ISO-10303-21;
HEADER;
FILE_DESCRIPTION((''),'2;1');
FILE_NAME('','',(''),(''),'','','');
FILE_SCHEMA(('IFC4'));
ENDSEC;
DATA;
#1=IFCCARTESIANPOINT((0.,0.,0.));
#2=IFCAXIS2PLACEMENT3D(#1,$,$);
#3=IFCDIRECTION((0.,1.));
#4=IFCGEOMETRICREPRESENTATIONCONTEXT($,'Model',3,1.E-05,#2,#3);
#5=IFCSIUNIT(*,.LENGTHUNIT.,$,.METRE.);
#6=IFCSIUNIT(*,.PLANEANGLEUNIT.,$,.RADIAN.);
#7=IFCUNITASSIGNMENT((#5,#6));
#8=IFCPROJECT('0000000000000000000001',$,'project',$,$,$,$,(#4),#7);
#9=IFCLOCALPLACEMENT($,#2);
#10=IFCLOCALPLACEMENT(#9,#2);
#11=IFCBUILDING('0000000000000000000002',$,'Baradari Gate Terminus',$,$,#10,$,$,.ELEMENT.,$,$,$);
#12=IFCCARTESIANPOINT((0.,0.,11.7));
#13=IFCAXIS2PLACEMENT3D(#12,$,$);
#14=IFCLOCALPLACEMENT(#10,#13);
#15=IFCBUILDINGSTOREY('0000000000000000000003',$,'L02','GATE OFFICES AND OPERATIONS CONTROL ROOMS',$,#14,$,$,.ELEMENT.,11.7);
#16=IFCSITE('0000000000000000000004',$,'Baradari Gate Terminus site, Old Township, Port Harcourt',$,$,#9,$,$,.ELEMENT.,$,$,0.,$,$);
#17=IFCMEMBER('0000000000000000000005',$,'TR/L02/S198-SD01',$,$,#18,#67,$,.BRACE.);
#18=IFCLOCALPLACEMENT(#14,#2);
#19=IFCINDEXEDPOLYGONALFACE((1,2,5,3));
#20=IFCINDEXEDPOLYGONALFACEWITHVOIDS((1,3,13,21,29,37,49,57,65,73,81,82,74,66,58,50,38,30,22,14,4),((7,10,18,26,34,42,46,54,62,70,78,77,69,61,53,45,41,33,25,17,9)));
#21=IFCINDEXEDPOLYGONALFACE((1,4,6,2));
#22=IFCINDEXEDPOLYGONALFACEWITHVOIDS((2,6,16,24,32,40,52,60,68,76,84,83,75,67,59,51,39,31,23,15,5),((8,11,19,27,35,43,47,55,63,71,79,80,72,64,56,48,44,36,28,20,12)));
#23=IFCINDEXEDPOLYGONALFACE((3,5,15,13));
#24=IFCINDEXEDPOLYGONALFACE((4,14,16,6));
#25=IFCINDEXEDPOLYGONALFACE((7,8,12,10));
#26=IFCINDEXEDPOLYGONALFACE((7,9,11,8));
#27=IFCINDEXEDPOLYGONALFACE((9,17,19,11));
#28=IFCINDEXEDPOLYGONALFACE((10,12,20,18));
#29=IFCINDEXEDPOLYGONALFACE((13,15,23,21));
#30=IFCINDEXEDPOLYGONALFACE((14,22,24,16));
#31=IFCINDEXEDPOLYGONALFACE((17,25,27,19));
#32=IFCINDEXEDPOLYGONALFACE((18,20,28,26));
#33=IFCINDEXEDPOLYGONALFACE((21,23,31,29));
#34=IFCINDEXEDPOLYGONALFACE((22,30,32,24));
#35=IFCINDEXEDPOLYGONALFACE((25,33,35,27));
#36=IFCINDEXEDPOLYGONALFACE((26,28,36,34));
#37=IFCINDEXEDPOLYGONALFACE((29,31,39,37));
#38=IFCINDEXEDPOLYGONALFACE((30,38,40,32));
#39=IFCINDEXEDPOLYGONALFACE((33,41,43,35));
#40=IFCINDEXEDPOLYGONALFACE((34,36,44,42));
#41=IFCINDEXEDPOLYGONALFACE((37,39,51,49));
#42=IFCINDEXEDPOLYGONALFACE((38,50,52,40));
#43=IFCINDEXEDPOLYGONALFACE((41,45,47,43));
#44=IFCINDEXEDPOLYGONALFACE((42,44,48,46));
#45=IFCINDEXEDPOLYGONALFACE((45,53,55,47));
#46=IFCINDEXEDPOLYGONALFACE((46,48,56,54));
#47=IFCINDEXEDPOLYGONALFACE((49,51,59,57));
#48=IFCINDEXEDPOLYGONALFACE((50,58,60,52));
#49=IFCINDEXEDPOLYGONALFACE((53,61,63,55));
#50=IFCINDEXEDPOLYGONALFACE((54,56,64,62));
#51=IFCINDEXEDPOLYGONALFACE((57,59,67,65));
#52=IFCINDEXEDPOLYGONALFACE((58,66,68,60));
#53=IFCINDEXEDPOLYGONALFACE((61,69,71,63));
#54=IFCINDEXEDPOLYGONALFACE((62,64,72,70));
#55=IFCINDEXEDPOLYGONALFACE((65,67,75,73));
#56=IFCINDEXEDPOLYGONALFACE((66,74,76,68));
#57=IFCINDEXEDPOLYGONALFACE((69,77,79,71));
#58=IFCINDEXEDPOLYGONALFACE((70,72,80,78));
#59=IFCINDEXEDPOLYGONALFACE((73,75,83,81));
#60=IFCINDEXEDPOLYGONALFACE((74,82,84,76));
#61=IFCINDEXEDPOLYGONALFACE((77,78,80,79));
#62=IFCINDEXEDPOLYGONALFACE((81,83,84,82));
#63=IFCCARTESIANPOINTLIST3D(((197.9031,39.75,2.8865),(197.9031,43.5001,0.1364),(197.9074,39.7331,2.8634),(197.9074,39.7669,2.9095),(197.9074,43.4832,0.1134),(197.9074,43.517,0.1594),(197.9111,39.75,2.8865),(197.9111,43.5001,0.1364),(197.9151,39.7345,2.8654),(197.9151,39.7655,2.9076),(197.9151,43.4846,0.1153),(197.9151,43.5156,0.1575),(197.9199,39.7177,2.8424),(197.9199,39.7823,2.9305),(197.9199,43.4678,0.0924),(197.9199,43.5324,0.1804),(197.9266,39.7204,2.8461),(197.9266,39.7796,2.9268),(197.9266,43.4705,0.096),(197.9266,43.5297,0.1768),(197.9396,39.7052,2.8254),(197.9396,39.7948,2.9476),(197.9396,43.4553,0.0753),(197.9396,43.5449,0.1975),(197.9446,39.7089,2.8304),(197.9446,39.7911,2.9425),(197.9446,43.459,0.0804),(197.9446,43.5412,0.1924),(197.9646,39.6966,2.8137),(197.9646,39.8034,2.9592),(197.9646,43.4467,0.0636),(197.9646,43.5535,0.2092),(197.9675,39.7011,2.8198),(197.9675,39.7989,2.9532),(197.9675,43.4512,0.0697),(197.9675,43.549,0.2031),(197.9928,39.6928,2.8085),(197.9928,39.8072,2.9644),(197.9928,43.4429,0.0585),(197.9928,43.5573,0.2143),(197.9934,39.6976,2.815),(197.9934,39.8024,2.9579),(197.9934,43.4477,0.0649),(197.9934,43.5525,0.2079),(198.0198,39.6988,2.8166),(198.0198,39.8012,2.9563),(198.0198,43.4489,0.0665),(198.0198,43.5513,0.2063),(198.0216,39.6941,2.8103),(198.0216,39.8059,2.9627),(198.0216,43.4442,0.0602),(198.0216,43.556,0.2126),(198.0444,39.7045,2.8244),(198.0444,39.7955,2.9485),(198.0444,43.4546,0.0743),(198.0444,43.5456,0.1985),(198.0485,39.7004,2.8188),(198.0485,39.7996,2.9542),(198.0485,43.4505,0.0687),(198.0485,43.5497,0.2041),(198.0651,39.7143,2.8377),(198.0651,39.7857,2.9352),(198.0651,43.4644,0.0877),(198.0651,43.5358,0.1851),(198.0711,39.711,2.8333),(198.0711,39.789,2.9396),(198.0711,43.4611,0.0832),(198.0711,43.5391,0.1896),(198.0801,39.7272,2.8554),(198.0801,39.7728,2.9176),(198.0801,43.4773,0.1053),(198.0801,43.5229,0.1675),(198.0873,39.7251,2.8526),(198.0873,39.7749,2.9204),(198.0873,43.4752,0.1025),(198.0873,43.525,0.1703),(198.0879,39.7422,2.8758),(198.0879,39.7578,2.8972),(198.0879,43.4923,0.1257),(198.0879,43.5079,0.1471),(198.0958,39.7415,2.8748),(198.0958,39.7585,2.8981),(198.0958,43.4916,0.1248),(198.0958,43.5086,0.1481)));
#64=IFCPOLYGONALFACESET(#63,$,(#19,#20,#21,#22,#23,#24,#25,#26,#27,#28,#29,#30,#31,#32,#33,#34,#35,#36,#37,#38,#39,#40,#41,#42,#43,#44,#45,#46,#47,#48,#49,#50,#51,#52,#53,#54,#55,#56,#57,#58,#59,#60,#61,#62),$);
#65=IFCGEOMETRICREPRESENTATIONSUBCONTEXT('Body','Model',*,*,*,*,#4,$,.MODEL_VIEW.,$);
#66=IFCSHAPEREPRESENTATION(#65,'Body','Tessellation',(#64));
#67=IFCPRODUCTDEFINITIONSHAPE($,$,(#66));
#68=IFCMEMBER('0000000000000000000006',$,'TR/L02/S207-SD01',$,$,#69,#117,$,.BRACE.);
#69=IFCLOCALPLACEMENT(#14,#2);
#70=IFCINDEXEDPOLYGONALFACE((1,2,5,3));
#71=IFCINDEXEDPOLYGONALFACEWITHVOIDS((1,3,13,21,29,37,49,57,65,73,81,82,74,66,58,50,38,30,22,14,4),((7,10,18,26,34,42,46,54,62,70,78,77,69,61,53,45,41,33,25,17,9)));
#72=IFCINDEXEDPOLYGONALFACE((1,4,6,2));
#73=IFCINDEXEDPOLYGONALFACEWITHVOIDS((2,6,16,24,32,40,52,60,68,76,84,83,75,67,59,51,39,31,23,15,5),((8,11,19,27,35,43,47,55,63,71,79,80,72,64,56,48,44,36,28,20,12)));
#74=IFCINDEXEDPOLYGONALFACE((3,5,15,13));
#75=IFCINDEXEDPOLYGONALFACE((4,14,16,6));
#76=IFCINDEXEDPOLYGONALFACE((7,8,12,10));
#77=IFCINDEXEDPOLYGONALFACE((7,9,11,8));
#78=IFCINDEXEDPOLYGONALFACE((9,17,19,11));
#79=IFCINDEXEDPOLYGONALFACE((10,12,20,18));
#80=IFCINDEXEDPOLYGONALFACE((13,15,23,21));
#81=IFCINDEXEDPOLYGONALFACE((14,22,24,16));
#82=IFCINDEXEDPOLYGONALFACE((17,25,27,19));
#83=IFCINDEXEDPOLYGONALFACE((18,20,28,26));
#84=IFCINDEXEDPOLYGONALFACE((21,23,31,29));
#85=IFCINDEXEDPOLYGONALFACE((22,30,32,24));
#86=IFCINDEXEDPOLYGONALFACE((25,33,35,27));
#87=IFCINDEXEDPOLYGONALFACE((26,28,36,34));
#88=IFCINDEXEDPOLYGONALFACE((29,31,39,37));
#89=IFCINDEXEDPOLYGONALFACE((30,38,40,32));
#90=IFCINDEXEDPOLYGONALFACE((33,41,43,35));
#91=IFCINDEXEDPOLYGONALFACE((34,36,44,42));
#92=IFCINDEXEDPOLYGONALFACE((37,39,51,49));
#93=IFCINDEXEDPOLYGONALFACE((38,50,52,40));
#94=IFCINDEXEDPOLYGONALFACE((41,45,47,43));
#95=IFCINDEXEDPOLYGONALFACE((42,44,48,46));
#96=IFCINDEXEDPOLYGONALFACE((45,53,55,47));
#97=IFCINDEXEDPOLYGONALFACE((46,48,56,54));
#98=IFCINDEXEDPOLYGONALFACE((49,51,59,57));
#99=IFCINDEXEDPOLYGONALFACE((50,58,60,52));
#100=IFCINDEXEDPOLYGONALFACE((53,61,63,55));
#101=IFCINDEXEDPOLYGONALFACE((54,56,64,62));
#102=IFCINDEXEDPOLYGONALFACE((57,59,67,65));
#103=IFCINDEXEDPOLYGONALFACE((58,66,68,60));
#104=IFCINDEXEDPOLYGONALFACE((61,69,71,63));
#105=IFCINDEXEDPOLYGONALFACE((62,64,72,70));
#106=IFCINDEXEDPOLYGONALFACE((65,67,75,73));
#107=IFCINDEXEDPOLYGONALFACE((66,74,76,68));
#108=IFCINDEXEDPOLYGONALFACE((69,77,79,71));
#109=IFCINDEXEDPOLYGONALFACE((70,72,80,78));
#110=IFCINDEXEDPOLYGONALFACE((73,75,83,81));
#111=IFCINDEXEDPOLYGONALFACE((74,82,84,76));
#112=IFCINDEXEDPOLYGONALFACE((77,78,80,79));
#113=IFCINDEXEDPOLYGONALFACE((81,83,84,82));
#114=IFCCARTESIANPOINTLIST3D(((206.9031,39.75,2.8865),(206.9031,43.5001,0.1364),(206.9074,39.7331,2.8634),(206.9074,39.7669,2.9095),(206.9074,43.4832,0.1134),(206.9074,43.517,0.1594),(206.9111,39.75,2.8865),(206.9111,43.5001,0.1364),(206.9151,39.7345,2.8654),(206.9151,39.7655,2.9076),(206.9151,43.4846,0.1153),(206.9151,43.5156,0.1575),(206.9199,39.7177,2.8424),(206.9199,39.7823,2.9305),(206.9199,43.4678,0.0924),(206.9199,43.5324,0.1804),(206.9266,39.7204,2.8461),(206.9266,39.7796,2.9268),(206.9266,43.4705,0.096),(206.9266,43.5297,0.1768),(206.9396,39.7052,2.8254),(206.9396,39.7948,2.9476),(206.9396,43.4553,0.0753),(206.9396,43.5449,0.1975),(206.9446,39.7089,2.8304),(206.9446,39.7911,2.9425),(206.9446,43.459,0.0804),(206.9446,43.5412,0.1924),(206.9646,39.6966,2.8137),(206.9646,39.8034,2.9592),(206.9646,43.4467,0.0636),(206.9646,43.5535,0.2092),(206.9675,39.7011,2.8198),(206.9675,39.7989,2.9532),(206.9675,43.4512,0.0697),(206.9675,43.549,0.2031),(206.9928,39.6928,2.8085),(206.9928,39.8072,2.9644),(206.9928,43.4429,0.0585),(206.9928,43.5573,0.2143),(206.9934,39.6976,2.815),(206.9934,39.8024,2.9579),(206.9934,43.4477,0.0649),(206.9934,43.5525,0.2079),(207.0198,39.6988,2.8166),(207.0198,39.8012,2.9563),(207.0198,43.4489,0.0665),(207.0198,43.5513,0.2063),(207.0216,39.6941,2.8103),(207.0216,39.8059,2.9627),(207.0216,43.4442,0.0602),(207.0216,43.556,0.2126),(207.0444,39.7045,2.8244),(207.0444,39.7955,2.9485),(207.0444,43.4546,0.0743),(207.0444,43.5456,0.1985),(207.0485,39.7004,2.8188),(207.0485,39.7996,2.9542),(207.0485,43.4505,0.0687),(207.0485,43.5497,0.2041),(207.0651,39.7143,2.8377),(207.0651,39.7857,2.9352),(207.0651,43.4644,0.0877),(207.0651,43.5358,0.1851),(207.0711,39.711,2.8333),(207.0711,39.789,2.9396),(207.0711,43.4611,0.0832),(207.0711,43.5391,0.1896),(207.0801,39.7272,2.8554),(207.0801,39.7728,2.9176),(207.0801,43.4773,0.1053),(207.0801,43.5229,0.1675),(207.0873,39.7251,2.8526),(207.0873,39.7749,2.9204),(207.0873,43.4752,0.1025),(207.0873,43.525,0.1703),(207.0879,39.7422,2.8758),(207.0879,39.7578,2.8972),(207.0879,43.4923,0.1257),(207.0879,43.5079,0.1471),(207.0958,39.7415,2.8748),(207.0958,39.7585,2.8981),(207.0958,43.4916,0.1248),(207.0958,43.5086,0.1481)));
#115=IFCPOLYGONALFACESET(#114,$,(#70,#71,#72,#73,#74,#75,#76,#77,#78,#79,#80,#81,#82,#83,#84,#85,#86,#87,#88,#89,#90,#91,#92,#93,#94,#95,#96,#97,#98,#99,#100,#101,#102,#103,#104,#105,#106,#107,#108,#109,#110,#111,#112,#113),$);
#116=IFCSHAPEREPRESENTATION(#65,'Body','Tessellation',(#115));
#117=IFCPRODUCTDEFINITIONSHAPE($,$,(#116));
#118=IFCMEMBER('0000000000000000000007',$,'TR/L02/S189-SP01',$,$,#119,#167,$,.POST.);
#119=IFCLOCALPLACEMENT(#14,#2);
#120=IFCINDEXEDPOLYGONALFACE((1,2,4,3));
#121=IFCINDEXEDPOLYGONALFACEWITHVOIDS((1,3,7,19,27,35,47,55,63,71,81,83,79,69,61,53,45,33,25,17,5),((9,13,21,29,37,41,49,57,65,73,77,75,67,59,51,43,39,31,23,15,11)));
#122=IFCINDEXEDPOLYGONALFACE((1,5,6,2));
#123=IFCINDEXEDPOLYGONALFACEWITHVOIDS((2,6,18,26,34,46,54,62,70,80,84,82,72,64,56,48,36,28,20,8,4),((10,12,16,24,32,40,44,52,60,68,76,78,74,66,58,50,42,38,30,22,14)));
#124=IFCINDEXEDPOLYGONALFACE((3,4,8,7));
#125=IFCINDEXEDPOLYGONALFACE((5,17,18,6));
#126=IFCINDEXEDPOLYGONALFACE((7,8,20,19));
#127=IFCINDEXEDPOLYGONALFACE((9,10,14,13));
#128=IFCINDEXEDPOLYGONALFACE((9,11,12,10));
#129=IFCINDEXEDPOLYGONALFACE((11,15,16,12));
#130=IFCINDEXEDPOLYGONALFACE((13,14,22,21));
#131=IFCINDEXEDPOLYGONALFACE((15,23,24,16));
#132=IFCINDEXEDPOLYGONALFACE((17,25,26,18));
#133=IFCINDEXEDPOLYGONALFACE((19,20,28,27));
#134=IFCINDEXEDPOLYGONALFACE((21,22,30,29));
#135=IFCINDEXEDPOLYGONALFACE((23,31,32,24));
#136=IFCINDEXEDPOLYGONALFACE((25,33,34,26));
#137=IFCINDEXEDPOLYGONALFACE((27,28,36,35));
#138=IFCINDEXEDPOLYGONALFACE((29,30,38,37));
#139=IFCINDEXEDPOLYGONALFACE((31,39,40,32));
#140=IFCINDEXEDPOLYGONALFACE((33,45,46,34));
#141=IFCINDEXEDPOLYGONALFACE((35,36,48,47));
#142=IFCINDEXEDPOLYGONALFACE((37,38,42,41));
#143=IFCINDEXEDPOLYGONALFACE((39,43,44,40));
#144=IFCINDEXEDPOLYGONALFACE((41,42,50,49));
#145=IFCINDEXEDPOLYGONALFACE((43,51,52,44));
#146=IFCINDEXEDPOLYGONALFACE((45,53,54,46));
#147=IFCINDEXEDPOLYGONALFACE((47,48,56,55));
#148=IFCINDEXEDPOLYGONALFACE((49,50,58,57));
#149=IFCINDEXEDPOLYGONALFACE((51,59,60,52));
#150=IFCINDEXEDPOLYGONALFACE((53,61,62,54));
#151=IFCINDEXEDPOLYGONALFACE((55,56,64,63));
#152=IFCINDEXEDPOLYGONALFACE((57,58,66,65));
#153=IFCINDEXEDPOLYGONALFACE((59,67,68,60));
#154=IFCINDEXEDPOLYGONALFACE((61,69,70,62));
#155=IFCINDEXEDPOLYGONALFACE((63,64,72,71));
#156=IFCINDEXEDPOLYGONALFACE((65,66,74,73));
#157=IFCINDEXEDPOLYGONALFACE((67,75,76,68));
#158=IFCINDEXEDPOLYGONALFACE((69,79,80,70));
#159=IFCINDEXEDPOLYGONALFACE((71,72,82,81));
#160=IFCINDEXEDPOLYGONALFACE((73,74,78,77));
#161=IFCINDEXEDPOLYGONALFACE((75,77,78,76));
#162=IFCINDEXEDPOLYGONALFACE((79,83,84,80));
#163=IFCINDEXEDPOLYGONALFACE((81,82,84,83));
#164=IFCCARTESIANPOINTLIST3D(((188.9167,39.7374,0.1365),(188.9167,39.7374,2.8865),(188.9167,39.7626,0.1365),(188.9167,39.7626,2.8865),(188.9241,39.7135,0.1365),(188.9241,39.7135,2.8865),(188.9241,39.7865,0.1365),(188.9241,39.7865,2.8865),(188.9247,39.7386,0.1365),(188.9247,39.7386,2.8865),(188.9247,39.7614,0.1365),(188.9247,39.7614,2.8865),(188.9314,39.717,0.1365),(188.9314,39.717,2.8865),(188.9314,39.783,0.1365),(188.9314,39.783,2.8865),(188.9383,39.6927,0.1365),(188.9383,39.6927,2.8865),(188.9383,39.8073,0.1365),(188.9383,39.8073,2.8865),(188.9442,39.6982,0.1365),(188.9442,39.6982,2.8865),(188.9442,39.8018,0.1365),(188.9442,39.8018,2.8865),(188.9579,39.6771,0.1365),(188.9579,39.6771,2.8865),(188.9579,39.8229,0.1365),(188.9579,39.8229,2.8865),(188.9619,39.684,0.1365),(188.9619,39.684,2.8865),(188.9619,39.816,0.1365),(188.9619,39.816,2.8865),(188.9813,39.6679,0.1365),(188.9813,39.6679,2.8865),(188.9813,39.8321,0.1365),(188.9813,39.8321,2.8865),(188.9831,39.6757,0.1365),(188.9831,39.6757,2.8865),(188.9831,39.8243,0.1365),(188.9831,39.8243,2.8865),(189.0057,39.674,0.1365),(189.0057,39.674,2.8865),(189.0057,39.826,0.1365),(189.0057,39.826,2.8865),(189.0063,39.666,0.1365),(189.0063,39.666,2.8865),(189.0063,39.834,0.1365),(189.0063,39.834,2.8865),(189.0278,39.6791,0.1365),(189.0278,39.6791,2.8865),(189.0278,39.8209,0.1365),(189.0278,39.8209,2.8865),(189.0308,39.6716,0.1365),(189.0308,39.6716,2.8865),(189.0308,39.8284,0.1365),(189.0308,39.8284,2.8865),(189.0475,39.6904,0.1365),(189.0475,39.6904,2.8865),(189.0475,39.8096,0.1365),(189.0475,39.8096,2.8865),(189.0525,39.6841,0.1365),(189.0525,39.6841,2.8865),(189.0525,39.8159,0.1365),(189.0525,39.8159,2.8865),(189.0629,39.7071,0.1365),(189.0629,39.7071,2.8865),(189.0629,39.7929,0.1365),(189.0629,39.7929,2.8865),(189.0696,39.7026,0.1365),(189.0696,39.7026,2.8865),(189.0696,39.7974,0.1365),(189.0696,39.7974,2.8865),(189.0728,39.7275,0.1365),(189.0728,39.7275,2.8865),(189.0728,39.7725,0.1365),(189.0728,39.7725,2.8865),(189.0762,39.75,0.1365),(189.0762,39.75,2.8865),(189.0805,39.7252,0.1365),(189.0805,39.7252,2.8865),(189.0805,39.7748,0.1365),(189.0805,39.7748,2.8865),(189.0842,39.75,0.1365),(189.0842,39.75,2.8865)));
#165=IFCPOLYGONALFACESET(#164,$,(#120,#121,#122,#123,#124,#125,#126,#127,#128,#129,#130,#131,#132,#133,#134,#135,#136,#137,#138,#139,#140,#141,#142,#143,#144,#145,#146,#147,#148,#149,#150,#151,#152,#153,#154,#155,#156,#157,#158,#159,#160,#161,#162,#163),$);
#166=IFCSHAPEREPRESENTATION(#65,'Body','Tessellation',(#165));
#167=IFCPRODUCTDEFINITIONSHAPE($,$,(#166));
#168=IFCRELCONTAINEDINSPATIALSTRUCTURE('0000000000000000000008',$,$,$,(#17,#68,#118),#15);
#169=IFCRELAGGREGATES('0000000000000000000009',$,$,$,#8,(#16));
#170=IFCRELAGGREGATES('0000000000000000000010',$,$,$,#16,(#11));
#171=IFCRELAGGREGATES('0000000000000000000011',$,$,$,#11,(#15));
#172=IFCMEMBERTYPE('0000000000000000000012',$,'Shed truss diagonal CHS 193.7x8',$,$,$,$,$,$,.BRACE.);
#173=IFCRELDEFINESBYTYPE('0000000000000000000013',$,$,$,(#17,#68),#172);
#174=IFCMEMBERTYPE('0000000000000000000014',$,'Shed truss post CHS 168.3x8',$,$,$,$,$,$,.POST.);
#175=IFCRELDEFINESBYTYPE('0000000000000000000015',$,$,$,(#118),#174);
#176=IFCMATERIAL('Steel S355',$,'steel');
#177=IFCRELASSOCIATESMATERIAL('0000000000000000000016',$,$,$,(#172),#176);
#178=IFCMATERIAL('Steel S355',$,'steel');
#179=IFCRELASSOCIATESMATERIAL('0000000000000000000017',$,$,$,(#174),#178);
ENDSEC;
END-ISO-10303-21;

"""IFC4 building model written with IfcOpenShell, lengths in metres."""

from ifc_helpers import new_model, si_unit, direction, frame, origin, origin_2d, place, context, subcontext, project, spatial, hollow_circle, extrude, material, material_profile, profile_set, type_object, element, save


model = new_model("IFC4")

# Units and contexts
model_context = context("Model", 3, precision=1e-05, world=origin(), true_north=direction((0.0, 1.0)))
body_context = subcontext(model_context, "Body", "Model", "MODEL_VIEW")
ifc_project = project(units=[si_unit("LENGTHUNIT", "METRE"), si_unit("PLANEANGLEUNIT", "RADIAN")], contexts=[model_context])

# Site, building, storey
site_placement = place(None, origin())
site = spatial("IfcSite", under=ifc_project, at=site_placement, Name="Baradari Gate Terminus site, Old Township, Port Harcourt", CompositionType="ELEMENT", RefElevation=0.0)
building_placement = place(site_placement, origin())
building = spatial("IfcBuilding", under=site, at=building_placement, Name="Baradari Gate Terminus", CompositionType="ELEMENT")
storey_placement = place(building_placement, frame((0.0, 0.0, 11.7)))
storey = spatial("IfcBuildingStorey", under=building, at=storey_placement, Name="L02", Description="GATE OFFICES AND OPERATIONS CONTROL ROOMS", CompositionType="ELEMENT", Elevation=11.7)

# Members
ifc_material_1 = material(Name="Steel S355", Category="steel")
ifc_material_profile_1 = material_profile(ifc_material_1, hollow_circle(Radius=0.0969, WallThickness=0.0081, at=origin_2d()), Name="CHS 193.7x8")
ifc_profile_set_1 = profile_set([ifc_material_profile_1], Name="Steel S355")
member_type_1 = type_object("IfcMemberType", Name="Shed truss diagonal CHS 193.7x8", PredefinedType="BRACE", material=ifc_profile_set_1)
for number, where, z_axis, x_axis, name in (
    (1, (198.0, 39.75, 2.8865), (0.0, 0.806405, -0.591364), (-1.0, 0.0, 0.0), "TR/L02/S198-SD01"),
    (2, (207.0, 39.75, 2.8865), (0.0, 0.806405, -0.591364), (-1.0, 0.0, 0.0), "TR/L02/S207-SD01"),
):
    element("IfcMember", number, at=place(storey_placement, frame(where, z_axis=z_axis, x_axis=x_axis)), inside=storey, type_object=member_type_1, Name=name, PredefinedType="BRACE", context=body_context, shape_type="SweptSolid", body=[
        extrude(hollow_circle(Radius=0.0969, WallThickness=0.0081, at=origin_2d()), origin(), (0.0, 0.0, 1.0), 4.6504),
    ])
ifc_material_2 = material(Name="Steel S355", Category="steel")
ifc_material_profile_2 = material_profile(ifc_material_2, hollow_circle(Radius=0.0842, WallThickness=0.0081, at=origin_2d()), Name="CHS 168.3x8")
ifc_profile_set_2 = profile_set([ifc_material_profile_2], Name="Steel S355")
member_type_2 = type_object("IfcMemberType", Name="Shed truss post CHS 168.3x8", PredefinedType="POST", material=ifc_profile_set_2)
member_1_placement = place(storey_placement, frame((189.0, 39.75, 0.1365), z_axis=(0.0, 0.0, 1.0), x_axis=(1.0, 0.0, 0.0)))
element("IfcMember", 3, at=member_1_placement, inside=storey, type_object=member_type_2, Name="TR/L02/S189-SP01", PredefinedType="POST", context=body_context, shape_type="SweptSolid", body=[
    extrude(hollow_circle(Radius=0.0842, WallThickness=0.0081, at=origin_2d()), origin(), (0.0, 0.0, 1.0), 2.75),
])

save(model, "model.ifc")
